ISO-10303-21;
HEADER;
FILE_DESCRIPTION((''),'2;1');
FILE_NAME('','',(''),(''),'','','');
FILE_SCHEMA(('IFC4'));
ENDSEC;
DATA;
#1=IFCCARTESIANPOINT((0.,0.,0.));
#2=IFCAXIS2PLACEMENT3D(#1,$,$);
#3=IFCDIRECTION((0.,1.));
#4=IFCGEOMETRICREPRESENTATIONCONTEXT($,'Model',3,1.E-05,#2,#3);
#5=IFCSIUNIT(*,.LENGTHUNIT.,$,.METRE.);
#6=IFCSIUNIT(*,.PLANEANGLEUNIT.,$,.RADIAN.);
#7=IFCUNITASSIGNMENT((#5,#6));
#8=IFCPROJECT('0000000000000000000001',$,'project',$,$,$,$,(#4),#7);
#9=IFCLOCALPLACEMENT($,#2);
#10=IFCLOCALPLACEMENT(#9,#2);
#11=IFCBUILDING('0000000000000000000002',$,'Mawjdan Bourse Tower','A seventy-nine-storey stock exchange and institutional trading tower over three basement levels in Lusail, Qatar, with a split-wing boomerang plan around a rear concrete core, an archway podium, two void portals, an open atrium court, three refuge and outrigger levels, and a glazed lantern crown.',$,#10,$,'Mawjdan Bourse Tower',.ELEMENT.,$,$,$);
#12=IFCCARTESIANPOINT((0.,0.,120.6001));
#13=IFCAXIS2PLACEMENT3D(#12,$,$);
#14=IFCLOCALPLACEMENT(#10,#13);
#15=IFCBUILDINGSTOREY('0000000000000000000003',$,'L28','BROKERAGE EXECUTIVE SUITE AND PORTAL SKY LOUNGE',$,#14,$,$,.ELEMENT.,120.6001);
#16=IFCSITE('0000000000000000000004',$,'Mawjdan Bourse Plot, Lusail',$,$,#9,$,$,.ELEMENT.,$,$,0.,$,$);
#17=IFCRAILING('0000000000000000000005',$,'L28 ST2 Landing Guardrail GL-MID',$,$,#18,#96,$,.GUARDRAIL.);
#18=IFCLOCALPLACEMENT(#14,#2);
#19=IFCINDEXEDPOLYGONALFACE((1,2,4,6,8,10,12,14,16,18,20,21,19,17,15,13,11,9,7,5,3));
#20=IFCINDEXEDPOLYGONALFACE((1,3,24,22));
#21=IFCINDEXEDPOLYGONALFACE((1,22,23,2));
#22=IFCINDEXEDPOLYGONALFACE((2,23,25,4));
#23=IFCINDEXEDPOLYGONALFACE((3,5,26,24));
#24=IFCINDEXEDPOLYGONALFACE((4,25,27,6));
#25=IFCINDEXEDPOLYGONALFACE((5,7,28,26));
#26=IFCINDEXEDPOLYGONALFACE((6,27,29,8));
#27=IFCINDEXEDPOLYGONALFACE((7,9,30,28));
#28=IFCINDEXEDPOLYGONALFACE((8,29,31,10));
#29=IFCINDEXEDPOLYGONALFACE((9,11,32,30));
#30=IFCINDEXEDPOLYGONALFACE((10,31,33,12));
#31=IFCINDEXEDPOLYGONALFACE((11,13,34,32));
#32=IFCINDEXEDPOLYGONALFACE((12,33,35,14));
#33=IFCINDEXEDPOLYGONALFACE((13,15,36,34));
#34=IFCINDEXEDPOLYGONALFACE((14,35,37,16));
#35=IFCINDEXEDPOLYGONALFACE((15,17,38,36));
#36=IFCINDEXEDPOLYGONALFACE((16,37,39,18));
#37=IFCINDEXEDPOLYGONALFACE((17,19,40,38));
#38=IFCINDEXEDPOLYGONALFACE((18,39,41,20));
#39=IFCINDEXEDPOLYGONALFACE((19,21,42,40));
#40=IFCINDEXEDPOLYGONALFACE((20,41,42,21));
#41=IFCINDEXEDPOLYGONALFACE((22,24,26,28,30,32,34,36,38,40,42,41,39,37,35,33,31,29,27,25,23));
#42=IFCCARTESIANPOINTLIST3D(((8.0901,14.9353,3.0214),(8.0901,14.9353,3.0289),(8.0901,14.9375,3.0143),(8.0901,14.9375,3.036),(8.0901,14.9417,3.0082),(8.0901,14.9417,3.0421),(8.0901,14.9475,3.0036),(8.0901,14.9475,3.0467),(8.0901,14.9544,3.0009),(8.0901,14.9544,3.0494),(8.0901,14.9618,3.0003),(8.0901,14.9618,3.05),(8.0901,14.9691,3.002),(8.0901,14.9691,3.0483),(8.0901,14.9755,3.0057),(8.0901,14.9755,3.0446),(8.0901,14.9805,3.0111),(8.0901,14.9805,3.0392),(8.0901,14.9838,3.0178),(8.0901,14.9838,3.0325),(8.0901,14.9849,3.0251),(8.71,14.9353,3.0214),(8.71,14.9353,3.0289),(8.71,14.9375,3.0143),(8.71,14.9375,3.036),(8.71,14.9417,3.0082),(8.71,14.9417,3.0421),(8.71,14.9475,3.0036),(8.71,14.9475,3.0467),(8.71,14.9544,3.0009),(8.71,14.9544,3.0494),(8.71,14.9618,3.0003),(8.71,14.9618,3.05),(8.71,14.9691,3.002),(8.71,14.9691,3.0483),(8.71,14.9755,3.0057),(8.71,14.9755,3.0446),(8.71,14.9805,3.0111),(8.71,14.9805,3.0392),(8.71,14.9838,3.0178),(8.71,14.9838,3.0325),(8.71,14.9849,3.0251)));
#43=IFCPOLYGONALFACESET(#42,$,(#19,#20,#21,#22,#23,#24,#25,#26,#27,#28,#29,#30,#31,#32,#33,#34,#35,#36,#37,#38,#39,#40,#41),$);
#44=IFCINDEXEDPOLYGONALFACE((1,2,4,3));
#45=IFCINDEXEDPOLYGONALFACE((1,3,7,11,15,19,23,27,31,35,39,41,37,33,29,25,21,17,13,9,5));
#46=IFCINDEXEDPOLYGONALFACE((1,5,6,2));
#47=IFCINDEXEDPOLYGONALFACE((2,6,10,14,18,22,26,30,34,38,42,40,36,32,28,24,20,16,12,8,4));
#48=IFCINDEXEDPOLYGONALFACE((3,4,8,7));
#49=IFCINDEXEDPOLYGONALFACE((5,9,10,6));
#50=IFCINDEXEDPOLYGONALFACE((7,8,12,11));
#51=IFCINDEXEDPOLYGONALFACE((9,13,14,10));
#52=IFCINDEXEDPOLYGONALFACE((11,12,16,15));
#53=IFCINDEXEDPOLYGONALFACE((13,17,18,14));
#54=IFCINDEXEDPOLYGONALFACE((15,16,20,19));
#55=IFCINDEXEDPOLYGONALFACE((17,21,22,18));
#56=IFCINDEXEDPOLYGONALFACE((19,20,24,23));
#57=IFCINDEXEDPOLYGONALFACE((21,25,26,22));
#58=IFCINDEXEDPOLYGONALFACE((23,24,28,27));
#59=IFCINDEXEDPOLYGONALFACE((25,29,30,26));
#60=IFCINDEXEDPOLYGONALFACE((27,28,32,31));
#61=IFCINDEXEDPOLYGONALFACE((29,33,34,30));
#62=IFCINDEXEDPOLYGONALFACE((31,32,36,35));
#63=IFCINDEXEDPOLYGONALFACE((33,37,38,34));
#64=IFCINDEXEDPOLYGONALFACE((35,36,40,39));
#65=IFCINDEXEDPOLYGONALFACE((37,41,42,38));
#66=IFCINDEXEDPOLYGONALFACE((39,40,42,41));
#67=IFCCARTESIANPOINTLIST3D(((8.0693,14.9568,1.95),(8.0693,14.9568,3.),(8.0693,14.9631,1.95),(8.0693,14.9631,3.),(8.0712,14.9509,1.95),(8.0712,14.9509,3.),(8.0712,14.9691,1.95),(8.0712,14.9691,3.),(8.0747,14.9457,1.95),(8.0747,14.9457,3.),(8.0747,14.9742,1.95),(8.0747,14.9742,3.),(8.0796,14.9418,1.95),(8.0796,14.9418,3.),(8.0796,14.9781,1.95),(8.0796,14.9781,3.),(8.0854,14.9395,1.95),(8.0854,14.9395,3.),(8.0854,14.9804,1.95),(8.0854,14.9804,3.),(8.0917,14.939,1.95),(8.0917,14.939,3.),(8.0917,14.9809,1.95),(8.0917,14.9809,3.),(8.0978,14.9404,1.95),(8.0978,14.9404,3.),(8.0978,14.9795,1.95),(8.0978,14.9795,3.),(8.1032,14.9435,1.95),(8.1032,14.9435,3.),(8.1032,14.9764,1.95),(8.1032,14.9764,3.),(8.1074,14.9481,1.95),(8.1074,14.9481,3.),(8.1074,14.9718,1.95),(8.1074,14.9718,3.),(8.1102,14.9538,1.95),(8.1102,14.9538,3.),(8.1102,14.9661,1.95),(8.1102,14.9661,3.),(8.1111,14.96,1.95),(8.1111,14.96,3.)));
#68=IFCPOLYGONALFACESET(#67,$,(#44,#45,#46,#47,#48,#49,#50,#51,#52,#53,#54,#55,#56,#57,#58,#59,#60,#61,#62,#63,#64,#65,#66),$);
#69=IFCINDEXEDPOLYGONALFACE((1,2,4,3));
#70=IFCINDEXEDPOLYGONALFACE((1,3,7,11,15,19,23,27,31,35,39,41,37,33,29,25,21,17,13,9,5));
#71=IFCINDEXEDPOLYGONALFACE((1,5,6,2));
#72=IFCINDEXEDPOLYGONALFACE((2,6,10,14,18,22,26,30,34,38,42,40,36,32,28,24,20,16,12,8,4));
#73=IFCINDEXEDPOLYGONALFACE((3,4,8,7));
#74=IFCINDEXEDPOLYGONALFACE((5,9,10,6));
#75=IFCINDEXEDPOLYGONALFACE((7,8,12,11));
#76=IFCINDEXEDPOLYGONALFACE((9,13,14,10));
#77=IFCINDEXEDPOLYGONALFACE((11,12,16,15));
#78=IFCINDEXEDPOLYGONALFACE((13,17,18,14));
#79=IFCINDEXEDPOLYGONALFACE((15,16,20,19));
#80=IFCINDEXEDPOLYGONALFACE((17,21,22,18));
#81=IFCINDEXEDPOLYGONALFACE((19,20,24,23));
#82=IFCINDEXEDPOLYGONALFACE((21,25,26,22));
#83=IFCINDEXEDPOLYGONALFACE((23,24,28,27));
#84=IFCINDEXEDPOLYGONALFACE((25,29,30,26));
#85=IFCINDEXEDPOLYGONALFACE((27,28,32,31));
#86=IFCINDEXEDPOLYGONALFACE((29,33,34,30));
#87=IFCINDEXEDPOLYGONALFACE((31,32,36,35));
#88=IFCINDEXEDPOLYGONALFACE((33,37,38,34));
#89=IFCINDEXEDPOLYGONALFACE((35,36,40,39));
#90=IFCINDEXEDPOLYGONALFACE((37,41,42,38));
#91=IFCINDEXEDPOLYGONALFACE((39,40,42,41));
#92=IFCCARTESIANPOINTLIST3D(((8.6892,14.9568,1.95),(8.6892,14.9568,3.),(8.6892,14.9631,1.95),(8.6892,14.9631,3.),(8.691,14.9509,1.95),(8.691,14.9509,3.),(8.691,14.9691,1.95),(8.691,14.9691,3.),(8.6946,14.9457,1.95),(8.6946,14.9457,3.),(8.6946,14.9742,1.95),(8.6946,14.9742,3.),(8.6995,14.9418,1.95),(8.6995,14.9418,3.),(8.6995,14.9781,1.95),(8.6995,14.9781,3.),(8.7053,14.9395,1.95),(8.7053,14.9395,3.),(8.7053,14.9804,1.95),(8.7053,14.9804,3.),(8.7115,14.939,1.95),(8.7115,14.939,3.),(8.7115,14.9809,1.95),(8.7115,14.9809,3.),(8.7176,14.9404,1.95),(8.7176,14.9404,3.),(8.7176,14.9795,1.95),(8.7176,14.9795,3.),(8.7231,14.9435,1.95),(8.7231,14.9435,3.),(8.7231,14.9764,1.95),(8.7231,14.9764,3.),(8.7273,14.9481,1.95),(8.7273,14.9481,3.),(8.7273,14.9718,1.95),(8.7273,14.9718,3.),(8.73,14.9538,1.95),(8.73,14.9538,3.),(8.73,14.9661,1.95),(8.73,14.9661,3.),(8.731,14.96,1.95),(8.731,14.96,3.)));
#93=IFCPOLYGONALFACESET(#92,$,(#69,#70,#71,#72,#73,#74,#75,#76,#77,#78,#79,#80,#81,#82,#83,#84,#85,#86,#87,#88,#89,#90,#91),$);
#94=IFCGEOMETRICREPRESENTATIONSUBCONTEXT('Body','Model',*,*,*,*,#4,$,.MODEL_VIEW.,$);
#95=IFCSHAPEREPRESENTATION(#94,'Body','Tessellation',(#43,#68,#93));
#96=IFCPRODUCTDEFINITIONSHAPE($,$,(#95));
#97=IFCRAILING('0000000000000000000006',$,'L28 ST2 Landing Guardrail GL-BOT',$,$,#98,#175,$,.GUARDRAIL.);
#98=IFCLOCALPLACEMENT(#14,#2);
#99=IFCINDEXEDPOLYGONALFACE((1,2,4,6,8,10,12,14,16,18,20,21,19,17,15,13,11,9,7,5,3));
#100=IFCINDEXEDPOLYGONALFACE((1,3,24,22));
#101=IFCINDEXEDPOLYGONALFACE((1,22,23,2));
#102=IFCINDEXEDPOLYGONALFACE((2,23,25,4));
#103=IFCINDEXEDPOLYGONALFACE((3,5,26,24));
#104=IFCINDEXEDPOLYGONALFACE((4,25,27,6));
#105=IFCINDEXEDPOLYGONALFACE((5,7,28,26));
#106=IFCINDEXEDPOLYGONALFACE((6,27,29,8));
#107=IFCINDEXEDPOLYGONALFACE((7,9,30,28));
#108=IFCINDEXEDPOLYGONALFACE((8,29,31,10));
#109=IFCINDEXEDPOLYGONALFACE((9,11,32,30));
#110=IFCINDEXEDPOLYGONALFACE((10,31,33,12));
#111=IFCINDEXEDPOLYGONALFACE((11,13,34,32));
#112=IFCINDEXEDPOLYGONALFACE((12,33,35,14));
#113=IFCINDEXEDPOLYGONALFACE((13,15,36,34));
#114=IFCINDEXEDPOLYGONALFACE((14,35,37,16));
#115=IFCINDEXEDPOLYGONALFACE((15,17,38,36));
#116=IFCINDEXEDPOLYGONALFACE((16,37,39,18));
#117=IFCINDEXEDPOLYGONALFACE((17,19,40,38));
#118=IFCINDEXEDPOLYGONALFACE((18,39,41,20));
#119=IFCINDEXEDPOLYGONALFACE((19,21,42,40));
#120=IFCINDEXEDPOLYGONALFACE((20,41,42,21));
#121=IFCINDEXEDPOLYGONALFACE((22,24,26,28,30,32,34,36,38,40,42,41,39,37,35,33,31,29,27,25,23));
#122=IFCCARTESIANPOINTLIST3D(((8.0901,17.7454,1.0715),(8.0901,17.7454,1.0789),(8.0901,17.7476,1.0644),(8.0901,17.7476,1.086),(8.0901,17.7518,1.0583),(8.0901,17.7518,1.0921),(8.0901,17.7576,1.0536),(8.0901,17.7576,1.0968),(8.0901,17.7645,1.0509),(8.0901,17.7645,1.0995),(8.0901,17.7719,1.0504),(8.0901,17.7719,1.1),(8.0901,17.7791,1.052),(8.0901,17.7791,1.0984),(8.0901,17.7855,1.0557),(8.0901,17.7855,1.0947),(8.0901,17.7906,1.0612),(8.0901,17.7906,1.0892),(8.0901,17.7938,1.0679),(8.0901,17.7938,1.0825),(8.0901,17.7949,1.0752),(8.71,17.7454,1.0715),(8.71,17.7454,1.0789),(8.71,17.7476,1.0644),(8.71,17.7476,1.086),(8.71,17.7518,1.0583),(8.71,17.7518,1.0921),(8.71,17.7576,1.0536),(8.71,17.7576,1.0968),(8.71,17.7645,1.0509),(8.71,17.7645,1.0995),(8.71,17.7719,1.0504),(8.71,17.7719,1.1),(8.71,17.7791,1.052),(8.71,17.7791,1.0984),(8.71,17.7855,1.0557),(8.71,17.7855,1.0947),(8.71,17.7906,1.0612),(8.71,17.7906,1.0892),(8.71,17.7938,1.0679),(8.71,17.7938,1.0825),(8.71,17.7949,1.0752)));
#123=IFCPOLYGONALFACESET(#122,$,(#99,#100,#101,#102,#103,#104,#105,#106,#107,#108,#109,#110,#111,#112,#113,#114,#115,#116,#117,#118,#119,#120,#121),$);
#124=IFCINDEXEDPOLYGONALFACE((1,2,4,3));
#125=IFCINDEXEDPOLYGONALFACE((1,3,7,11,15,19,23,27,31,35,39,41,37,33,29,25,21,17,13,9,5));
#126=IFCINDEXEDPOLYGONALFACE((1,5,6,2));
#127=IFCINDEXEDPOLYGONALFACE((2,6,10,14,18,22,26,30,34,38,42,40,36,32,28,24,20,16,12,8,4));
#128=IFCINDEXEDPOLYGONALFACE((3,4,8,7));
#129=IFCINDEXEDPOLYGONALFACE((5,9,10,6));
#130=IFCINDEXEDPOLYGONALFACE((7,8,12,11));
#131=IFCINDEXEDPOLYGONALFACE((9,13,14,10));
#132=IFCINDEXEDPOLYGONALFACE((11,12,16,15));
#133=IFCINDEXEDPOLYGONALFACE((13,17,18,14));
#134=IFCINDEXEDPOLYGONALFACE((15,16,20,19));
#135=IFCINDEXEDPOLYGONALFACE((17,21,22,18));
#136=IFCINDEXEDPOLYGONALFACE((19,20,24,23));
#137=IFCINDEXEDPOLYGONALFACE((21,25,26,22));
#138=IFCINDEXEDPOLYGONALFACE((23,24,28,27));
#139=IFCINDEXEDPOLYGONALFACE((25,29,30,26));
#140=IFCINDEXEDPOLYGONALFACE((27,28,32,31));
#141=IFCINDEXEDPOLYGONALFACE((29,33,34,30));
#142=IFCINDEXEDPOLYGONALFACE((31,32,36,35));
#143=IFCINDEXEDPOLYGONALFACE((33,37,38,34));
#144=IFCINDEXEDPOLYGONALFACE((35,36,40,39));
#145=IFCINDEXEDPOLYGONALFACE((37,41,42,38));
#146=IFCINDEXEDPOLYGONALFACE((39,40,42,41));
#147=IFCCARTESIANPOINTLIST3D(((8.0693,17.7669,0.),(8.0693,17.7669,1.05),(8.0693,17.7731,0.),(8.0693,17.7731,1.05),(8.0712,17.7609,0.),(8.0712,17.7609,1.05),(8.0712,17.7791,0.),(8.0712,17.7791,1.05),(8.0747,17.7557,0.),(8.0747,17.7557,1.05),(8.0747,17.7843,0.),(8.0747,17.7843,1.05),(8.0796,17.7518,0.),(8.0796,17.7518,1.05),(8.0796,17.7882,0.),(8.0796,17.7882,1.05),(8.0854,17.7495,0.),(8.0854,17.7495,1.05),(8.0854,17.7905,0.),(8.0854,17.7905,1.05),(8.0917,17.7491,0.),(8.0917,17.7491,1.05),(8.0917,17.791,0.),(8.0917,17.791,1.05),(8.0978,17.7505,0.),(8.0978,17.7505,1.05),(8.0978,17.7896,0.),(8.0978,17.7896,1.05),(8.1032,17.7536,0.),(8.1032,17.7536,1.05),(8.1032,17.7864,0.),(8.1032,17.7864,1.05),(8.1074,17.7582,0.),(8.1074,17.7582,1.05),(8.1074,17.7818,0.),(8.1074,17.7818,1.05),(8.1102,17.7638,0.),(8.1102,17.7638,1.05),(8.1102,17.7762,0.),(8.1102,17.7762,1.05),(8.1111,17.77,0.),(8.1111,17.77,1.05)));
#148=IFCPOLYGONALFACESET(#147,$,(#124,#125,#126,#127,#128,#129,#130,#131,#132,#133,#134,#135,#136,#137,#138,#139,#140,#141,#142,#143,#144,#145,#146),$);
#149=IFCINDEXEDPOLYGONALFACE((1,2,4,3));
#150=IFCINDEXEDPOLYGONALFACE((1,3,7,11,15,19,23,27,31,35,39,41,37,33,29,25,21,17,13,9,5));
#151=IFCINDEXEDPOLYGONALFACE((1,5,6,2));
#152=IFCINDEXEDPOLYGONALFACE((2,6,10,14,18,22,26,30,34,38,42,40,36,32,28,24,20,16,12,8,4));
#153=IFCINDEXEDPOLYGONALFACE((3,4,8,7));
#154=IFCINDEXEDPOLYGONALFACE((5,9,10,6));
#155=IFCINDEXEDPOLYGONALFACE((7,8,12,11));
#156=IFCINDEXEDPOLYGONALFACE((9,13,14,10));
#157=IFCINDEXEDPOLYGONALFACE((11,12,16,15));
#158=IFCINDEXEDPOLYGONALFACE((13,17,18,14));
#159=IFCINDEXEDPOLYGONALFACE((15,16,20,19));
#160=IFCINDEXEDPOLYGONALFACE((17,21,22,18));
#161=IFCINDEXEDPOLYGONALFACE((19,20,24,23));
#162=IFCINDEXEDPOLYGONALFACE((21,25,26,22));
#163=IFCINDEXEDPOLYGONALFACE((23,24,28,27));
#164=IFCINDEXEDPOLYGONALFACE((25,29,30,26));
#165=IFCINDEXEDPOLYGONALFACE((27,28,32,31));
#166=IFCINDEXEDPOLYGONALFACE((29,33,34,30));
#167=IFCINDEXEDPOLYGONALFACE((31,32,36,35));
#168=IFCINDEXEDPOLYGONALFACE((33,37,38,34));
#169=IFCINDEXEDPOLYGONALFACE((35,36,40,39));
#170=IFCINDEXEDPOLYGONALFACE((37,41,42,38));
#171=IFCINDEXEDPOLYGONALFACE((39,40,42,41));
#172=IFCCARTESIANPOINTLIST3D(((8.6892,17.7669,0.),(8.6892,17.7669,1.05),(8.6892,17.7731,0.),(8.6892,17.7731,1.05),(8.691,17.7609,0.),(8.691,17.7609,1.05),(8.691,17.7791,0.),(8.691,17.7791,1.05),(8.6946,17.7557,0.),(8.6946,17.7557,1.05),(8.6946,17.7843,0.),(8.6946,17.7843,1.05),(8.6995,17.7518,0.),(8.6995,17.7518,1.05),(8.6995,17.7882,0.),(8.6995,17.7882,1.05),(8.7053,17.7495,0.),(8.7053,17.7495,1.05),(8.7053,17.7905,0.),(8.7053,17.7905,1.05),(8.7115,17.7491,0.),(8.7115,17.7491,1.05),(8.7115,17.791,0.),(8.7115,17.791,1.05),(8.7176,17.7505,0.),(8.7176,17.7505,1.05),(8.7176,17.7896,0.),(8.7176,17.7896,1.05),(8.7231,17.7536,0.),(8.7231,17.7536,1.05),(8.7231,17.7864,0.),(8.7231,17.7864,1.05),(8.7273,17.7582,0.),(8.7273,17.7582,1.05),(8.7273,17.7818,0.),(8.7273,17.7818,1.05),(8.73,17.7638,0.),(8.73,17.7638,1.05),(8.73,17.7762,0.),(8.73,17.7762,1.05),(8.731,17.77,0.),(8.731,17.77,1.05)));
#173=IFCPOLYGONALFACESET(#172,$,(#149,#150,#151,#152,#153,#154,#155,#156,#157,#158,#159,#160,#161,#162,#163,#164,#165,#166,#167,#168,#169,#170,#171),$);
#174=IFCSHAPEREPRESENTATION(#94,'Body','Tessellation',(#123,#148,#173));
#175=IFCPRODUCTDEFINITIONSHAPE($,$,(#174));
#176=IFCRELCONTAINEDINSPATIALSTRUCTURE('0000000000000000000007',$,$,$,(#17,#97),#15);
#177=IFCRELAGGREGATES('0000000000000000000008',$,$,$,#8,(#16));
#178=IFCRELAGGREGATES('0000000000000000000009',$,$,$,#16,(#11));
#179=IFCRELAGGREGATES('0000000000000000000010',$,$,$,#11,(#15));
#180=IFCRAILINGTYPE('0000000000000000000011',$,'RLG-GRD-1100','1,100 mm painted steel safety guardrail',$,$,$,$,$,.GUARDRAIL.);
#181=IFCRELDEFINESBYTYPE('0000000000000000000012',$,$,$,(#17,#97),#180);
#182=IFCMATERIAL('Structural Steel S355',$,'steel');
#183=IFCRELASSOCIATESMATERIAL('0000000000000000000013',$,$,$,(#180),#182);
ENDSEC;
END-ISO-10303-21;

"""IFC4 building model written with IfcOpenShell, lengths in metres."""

from ifc_helpers import new_model, si_unit, direction, frame, origin, origin_2d, place, context, subcontext, project, spatial, circle, extrude, material, type_object, element, save


model = new_model("IFC4")

# Units and contexts
model_context = context("Model", 3, precision=1e-05, world=origin(), true_north=direction((0.0, 1.0)))
body_context = subcontext(model_context, "Body", "Model", "MODEL_VIEW")
ifc_project = project(units=[si_unit("LENGTHUNIT", "METRE"), si_unit("PLANEANGLEUNIT", "RADIAN")], contexts=[model_context])

# Site, building, storey
site_placement = place(None, origin())
site = spatial("IfcSite", under=ifc_project, at=site_placement, Name="Mawjdan Bourse Plot, Lusail", CompositionType="ELEMENT", RefElevation=0.0)
building_placement = place(site_placement, origin())
building = spatial("IfcBuilding", under=site, at=building_placement, Name="Mawjdan Bourse Tower", Description="A seventy-nine-storey stock exchange and institutional trading tower over three basement levels in Lusail, Qatar, with a split-wing boomerang plan around a rear concrete core, an archway podium, two void portals, an open atrium court, three refuge and outrigger levels, and a glazed lantern crown.", LongName="Mawjdan Bourse Tower", CompositionType="ELEMENT")
storey_placement = place(building_placement, frame((0.0, 0.0, 120.6001)))
storey = spatial("IfcBuildingStorey", under=building, at=storey_placement, Name="L28", Description="BROKERAGE EXECUTIVE SUITE AND PORTAL SKY LOUNGE", CompositionType="ELEMENT", Elevation=120.6001)

# Shared definitions
ifc_material_1 = material(Name="Structural Steel S355", Category="steel")

# Railings
railing_type_1 = type_object("IfcRailingType", Name="RLG-GRD-1100", Description="1,100 mm painted steel safety guardrail", PredefinedType="GUARDRAIL", material=ifc_material_1)
for number, where, name in (
    (1, (8.0901, 14.96, 1.95), "L28 ST2 Landing Guardrail GL-MID"),
    (2, (8.0901, 17.77, 0.0), "L28 ST2 Landing Guardrail GL-BOT"),
):
    element("IfcRailing", number, at=place(storey_placement, frame(where)), inside=storey, type_object=railing_type_1, Name=name, PredefinedType="GUARDRAIL", context=body_context, shape_type="SweptSolid", body=[
        extrude(circle(Radius=0.0249, at=origin_2d()), frame((0.0, 0.0, 1.0752), z_axis=(1.0, 0.0, 0.0), x_axis=(0.0, 1.0, 0.0)), (0.0, 0.0, 1.0), 0.6199),
        extrude(circle(Radius=0.021, at=origin_2d()), origin(), (0.0, 0.0, 1.0), 1.05),
        extrude(circle(Radius=0.021, at=origin_2d()), frame((0.6199, 0.0, 0.0)), (0.0, 0.0, 1.0), 1.05),
    ])

save(model, "model.ifc")
